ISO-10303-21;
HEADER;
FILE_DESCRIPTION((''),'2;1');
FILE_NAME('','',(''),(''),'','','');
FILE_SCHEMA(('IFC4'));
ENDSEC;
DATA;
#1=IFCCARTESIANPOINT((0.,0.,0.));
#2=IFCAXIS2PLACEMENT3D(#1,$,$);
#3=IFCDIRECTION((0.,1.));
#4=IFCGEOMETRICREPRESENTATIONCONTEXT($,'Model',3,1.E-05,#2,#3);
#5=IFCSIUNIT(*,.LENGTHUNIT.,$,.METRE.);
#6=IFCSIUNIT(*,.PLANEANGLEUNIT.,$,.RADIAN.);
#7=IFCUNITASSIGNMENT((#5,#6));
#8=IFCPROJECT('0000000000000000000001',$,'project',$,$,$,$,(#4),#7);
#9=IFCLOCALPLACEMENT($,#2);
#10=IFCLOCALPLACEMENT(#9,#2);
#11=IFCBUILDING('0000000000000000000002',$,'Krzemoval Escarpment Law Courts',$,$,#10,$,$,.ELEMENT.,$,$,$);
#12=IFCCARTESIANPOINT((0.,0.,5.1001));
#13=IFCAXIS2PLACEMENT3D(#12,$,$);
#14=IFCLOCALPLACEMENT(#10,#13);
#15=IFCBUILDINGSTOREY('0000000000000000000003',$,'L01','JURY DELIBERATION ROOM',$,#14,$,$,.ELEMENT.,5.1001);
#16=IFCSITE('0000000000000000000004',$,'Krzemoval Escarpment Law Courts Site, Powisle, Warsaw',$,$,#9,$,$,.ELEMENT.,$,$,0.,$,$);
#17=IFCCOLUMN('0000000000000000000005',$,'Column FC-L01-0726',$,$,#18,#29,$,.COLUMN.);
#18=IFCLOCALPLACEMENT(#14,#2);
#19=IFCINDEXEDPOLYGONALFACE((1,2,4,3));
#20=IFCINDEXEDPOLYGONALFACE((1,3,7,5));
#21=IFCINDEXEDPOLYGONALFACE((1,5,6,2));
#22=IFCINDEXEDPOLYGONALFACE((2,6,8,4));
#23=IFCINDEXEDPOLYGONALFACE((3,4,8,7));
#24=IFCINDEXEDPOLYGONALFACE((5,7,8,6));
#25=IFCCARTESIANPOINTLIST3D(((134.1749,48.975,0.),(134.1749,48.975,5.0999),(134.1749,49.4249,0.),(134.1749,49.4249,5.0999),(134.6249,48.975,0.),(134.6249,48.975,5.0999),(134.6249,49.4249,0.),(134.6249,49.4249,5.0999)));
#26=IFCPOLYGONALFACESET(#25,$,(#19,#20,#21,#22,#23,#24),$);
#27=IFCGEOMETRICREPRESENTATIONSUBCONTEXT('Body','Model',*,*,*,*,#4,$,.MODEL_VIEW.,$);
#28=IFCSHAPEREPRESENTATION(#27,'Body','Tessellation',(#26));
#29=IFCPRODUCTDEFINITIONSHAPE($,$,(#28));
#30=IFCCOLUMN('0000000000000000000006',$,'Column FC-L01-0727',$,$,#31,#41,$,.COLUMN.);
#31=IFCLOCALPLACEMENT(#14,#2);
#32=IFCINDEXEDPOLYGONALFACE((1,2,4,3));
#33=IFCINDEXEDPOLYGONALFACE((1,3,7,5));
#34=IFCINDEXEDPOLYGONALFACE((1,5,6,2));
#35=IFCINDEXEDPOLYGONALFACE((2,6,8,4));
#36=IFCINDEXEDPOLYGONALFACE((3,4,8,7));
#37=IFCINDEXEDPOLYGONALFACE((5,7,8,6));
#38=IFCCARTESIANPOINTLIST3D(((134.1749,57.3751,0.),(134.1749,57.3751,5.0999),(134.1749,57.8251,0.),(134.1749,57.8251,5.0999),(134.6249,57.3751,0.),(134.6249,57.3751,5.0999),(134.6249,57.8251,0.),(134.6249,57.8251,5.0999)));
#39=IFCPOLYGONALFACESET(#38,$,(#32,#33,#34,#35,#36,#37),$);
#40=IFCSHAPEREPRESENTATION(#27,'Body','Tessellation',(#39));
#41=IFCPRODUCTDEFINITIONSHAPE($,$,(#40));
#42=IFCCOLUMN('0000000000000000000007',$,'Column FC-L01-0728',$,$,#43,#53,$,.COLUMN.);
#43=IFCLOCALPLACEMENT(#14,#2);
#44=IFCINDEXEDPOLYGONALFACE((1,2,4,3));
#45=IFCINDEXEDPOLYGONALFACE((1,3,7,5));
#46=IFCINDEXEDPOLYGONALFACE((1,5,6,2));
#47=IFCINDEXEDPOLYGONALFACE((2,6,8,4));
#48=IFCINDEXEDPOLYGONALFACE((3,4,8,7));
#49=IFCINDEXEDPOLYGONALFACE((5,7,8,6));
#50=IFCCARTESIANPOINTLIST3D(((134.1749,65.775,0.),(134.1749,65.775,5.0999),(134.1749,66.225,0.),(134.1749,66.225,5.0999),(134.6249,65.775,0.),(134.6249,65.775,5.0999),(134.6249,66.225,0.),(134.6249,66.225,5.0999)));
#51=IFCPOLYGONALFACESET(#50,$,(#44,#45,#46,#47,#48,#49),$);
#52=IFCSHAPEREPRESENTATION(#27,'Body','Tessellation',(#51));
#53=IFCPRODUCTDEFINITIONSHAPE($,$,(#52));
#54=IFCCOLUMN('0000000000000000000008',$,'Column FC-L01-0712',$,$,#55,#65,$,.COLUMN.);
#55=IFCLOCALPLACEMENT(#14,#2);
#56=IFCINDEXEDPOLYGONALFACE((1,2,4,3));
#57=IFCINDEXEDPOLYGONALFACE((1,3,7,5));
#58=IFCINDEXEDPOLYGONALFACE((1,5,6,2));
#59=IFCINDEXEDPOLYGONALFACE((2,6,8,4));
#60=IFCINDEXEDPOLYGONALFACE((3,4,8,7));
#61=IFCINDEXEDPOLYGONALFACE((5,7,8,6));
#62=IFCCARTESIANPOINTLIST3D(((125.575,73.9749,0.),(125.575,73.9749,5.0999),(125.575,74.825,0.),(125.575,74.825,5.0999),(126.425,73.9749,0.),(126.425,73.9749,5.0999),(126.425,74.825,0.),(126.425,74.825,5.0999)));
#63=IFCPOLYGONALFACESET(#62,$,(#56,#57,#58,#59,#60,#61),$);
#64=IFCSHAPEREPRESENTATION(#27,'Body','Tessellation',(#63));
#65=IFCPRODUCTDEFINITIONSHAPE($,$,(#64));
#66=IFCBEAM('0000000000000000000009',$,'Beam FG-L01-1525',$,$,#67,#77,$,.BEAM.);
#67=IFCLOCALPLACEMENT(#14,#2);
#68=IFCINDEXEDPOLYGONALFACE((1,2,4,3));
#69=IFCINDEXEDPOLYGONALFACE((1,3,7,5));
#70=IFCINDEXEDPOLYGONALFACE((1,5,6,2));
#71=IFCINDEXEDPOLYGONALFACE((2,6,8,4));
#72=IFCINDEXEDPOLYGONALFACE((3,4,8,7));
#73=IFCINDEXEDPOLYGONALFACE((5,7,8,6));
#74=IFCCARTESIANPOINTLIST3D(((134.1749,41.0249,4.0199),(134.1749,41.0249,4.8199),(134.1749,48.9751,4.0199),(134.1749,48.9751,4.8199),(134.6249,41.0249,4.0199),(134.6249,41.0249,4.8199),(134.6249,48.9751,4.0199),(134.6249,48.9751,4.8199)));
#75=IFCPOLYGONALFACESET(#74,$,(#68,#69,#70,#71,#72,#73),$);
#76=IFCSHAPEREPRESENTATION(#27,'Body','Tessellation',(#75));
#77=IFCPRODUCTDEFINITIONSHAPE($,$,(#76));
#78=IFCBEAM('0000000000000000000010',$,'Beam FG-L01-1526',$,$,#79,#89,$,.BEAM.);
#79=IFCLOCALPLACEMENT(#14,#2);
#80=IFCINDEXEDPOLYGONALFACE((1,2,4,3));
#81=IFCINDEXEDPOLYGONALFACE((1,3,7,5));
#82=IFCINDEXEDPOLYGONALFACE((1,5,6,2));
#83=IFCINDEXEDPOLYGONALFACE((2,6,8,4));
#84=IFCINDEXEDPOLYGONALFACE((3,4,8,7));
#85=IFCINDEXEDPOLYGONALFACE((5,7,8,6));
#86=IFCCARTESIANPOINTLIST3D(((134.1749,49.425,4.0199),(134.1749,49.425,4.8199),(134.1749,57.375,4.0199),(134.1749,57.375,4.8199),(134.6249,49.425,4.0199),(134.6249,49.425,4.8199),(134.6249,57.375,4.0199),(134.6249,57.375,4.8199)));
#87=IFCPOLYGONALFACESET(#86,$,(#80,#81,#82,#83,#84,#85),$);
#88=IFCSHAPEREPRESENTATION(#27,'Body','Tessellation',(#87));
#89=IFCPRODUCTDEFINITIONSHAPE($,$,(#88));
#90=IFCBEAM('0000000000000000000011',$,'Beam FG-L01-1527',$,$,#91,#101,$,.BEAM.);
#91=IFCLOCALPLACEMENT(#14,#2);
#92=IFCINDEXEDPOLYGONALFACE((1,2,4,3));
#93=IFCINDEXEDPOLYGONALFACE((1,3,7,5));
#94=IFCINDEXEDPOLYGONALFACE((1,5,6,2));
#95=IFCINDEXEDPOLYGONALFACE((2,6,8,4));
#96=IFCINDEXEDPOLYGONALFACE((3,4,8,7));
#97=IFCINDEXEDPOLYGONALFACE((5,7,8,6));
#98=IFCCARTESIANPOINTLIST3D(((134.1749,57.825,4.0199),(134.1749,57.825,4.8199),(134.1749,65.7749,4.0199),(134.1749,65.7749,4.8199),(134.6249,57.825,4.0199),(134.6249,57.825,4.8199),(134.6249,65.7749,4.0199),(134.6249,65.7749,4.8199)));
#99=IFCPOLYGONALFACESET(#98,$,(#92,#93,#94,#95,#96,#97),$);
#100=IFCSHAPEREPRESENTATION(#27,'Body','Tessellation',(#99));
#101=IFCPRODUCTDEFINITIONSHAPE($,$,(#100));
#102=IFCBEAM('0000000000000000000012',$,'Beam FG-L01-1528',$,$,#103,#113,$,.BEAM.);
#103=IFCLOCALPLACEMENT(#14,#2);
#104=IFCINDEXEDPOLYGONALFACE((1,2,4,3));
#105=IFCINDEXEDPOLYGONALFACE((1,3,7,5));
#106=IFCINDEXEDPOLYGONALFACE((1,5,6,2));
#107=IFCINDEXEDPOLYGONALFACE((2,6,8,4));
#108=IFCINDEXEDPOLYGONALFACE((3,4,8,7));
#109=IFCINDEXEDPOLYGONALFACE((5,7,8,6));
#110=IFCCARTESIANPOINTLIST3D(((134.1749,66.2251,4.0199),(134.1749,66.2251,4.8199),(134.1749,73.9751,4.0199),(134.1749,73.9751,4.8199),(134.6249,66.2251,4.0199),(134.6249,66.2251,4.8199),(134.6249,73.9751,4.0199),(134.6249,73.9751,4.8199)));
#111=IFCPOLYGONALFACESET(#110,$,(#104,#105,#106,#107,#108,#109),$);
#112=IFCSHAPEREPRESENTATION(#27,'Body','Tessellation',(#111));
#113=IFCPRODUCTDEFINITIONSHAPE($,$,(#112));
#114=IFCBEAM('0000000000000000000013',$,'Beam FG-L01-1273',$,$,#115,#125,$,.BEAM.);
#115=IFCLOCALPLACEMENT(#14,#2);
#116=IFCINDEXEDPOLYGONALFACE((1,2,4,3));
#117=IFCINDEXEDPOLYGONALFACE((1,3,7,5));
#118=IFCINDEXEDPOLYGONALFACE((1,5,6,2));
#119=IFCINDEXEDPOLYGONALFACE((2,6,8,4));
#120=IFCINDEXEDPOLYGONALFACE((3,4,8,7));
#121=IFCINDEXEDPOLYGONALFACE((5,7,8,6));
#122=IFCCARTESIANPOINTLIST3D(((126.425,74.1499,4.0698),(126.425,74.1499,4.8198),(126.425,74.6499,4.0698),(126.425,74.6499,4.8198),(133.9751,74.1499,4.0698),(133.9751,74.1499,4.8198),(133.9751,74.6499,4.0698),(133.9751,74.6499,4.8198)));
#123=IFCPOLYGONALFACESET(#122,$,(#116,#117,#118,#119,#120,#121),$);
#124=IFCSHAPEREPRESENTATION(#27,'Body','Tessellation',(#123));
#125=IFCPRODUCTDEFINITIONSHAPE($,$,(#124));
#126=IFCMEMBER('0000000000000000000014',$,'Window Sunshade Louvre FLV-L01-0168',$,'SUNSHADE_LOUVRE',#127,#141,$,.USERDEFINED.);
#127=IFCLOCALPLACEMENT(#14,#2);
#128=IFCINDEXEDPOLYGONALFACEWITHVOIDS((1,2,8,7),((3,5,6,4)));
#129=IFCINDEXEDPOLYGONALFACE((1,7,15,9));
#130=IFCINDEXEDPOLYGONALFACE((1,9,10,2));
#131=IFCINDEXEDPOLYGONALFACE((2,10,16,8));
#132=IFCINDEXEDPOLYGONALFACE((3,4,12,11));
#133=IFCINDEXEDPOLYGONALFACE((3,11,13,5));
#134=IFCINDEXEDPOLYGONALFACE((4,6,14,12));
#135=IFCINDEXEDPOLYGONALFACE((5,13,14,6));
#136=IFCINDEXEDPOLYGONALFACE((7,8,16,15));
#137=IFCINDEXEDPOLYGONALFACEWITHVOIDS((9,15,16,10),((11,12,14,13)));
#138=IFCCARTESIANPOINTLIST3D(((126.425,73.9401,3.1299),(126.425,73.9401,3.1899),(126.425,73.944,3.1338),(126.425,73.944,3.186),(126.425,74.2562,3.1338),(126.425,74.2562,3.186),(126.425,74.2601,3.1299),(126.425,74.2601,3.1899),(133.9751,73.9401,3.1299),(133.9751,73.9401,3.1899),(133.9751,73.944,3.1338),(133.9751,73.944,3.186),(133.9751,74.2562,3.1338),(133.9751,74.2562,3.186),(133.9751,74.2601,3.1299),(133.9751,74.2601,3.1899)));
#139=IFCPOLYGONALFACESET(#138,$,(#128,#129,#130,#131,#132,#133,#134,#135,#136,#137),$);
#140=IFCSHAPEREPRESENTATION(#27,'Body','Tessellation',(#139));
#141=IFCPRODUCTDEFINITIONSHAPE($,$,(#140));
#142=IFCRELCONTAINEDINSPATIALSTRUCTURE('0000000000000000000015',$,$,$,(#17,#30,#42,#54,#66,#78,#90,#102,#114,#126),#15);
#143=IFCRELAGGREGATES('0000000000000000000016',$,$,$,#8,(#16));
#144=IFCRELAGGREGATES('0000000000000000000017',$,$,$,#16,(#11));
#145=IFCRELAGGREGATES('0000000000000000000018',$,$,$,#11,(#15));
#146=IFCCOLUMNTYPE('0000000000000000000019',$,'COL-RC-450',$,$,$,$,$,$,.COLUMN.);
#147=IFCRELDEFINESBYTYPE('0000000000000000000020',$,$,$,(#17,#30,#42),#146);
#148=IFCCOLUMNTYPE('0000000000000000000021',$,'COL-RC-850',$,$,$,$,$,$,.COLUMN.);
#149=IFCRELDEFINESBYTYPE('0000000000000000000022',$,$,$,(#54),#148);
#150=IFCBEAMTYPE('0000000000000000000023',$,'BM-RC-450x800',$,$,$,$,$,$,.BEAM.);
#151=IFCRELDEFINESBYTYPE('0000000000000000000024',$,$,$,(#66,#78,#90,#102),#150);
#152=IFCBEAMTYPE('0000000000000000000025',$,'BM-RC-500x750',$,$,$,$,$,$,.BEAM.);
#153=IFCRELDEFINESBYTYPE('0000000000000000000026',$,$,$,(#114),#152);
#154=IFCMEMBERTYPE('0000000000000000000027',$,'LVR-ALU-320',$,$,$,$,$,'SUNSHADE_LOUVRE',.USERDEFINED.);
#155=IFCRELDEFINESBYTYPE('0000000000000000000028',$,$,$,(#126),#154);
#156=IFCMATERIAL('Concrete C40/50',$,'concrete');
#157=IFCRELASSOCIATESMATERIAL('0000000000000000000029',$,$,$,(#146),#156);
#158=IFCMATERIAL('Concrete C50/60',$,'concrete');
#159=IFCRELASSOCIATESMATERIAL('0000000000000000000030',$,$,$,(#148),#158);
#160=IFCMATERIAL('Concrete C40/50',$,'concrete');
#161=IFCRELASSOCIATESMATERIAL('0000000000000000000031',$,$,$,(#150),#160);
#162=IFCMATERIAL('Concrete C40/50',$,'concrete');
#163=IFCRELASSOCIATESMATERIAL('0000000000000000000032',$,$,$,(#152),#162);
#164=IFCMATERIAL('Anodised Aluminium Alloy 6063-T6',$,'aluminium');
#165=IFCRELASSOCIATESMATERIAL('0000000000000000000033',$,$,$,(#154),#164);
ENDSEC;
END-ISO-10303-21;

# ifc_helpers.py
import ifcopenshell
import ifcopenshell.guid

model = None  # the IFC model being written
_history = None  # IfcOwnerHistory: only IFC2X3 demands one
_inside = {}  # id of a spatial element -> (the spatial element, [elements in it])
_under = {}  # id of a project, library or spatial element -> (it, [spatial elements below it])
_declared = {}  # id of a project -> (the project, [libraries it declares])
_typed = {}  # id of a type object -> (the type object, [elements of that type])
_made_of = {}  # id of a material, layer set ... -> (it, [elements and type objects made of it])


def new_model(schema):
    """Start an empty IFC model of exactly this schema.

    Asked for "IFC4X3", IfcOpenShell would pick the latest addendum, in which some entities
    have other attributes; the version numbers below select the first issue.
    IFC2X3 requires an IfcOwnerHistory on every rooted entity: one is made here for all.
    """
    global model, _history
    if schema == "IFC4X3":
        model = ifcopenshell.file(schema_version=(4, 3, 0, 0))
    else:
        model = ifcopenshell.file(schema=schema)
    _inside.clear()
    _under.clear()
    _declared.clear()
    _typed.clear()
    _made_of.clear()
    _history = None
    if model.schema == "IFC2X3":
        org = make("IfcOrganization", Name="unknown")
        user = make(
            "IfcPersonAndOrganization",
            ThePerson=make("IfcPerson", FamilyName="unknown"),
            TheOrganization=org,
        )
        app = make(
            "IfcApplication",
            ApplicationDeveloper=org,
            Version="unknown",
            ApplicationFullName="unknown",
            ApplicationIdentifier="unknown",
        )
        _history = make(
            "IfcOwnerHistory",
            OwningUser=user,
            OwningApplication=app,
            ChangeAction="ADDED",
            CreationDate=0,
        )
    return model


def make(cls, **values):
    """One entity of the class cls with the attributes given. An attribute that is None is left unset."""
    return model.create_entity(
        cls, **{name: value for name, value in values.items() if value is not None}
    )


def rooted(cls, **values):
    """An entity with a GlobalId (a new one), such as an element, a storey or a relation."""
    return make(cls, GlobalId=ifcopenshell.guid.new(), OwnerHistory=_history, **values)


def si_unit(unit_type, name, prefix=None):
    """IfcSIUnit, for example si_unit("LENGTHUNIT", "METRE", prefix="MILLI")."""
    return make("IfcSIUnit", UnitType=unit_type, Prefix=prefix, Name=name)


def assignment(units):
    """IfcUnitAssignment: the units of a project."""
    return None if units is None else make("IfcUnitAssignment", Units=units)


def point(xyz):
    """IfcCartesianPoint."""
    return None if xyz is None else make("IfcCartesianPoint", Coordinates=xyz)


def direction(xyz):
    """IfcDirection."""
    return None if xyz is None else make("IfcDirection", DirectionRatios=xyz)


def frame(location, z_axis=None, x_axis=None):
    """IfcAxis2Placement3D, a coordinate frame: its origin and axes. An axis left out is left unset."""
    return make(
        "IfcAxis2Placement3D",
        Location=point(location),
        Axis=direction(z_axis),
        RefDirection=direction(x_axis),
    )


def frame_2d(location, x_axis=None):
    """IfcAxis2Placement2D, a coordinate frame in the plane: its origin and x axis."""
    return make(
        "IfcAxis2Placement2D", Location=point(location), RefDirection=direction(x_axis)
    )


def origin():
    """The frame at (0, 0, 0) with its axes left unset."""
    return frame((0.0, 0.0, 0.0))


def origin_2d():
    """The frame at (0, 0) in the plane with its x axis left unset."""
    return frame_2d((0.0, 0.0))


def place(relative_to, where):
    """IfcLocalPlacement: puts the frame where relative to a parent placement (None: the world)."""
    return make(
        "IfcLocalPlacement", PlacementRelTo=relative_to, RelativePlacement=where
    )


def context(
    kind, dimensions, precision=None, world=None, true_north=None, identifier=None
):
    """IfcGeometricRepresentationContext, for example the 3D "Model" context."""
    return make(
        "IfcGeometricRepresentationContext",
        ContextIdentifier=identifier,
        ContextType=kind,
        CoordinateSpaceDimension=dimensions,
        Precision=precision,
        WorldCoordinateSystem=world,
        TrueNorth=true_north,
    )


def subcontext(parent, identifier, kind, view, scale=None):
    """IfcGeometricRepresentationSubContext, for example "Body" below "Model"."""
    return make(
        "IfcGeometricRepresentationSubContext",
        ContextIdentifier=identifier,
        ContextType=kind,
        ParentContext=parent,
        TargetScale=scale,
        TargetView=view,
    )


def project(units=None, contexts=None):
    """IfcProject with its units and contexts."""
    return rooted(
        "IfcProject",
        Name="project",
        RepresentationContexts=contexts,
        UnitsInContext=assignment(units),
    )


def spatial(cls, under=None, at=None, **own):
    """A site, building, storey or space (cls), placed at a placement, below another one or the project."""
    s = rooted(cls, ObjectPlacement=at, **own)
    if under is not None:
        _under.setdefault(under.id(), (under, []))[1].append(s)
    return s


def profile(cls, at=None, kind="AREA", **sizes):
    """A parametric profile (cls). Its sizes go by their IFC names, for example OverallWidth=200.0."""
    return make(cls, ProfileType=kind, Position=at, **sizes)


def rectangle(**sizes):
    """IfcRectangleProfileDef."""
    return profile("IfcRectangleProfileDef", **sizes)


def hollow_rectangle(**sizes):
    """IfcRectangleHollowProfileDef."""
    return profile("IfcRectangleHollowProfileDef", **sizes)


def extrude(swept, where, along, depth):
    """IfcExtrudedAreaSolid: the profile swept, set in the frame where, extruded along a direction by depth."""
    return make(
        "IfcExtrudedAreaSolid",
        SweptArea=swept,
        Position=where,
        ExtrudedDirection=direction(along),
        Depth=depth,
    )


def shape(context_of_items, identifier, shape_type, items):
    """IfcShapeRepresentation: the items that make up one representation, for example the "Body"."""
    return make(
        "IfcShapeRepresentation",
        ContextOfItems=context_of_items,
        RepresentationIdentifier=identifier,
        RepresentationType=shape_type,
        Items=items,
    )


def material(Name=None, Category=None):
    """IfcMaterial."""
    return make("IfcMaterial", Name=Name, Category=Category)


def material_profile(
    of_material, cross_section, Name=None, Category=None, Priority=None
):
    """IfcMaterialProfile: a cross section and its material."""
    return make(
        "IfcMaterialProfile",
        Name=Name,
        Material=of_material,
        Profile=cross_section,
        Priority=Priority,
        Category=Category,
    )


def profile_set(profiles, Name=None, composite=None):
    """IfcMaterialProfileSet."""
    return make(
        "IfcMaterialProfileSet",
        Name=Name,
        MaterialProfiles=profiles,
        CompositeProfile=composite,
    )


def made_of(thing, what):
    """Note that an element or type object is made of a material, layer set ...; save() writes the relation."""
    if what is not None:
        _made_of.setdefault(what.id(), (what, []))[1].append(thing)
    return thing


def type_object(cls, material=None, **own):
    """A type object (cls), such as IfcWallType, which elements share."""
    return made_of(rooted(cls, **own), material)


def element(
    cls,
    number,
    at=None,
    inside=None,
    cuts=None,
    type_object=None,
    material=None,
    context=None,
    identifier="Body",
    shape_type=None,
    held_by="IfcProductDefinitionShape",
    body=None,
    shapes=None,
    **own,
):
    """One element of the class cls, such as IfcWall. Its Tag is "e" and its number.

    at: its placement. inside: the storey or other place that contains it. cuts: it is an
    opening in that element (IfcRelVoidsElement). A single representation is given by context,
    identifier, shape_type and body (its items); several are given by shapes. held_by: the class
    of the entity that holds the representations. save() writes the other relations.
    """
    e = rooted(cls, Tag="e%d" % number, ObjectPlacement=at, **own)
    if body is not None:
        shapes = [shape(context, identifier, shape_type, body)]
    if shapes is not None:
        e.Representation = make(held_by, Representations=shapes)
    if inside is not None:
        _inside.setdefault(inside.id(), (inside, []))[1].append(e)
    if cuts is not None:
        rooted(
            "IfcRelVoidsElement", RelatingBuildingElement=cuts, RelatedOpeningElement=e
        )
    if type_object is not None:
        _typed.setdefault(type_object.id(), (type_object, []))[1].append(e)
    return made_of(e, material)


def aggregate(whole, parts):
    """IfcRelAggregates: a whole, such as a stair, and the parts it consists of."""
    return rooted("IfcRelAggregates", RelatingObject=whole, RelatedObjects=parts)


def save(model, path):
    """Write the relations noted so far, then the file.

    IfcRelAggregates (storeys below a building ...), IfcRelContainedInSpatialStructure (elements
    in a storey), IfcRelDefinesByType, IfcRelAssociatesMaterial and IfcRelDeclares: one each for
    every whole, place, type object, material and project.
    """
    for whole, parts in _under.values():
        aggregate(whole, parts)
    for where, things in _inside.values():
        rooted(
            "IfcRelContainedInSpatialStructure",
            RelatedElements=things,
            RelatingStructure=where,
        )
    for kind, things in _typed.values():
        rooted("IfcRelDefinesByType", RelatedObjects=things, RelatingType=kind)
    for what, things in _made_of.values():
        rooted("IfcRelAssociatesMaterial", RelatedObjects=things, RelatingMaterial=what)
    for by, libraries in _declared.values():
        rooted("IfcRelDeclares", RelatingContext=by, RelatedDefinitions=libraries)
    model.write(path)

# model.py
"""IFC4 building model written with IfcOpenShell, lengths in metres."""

from ifc_helpers import new_model, si_unit, direction, frame, origin, origin_2d, place, context, subcontext, project, spatial, rectangle, hollow_rectangle, extrude, material, material_profile, profile_set, type_object, element, save


model = new_model("IFC4")

# Units and contexts
model_context = context("Model", 3, precision=1e-05, world=origin(), true_north=direction((0.0, 1.0)))
body_context = subcontext(model_context, "Body", "Model", "MODEL_VIEW")
ifc_project = project(units=[si_unit("LENGTHUNIT", "METRE"), si_unit("PLANEANGLEUNIT", "RADIAN")], contexts=[model_context])

# Site, building, storey
site_placement = place(None, origin())
site = spatial("IfcSite", under=ifc_project, at=site_placement, Name="Krzemoval Escarpment Law Courts Site, Powisle, Warsaw", CompositionType="ELEMENT", RefElevation=0.0)
building_placement = place(site_placement, origin())
building = spatial("IfcBuilding", under=site, at=building_placement, Name="Krzemoval Escarpment Law Courts", CompositionType="ELEMENT")
storey_placement = place(building_placement, frame((0.0, 0.0, 5.1001)))
storey = spatial("IfcBuildingStorey", under=building, at=storey_placement, Name="L01", Description="JURY DELIBERATION ROOM", CompositionType="ELEMENT", Elevation=5.1001)

# Columns
ifc_material_1 = material(Name="Concrete C40/50", Category="concrete")
ifc_material_profile_1 = material_profile(ifc_material_1, rectangle(XDim=0.45, YDim=0.45, at=origin_2d()), Name="RC 450x450")
ifc_profile_set_1 = profile_set([ifc_material_profile_1], Name="Concrete C40/50")
column_type_1 = type_object("IfcColumnType", Name="COL-RC-450", PredefinedType="COLUMN", material=ifc_profile_set_1)
for number, where, z_axis, x_axis, name in (
    (1, (134.3999, 49.2, 0.0), (0.0, 0.0, 1.0), (1.0, 0.0, 0.0), "Column FC-L01-0726"),
    (2, (134.3999, 57.6001, 0.0), (0.0, 0.0, 1.0), (1.0, 0.0, 0.0), "Column FC-L01-0727"),
    (3, (134.3999, 66.0, 0.0), (0.0, 0.0, 1.0), (1.0, 0.0, 0.0), "Column FC-L01-0728"),
):
    element("IfcColumn", number, at=place(storey_placement, frame(where, z_axis=z_axis, x_axis=x_axis)), inside=storey, type_object=column_type_1, Name=name, PredefinedType="COLUMN", context=body_context, shape_type="SweptSolid", body=[
        extrude(rectangle(XDim=0.45, YDim=0.45, at=origin_2d()), origin(), (0.0, 0.0, 1.0), 5.0999),
    ])
ifc_material_2 = material(Name="Concrete C50/60", Category="concrete")
ifc_material_profile_2 = material_profile(ifc_material_2, rectangle(XDim=0.8501, YDim=0.8501, at=origin_2d()), Name="RC 850x850")
ifc_profile_set_2 = profile_set([ifc_material_profile_2], Name="Concrete C50/60")
column_type_2 = type_object("IfcColumnType", Name="COL-RC-850", PredefinedType="COLUMN", material=ifc_profile_set_2)
column_placement = place(storey_placement, frame((126.0, 74.3999, 0.0), z_axis=(0.0, 0.0, 1.0), x_axis=(1.0, 0.0, 0.0)))
element("IfcColumn", 4, at=column_placement, inside=storey, type_object=column_type_2, Name="Column FC-L01-0712", PredefinedType="COLUMN", context=body_context, shape_type="SweptSolid", body=[
    extrude(rectangle(XDim=0.8501, YDim=0.8501, at=origin_2d()), origin(), (0.0, 0.0, 1.0), 5.0999),
])

# Beams
ifc_material_3 = material(Name="Concrete C40/50", Category="concrete")
ifc_material_profile_3 = material_profile(ifc_material_3, rectangle(XDim=0.45, YDim=0.8, at=origin_2d()), Name="RCB 450x800")
ifc_profile_set_3 = profile_set([ifc_material_profile_3], Name="Concrete C40/50")
beam_type_1 = type_object("IfcBeamType", Name="BM-RC-450x800", PredefinedType="BEAM", material=ifc_profile_set_3)
beam_1_placement = place(storey_placement, frame((134.3999, 41.0249, 4.4199), z_axis=(0.0, 1.0, 0.0), x_axis=(-1.0, 0.0, 0.0)))
element("IfcBeam", 5, at=beam_1_placement, inside=storey, type_object=beam_type_1, Name="Beam FG-L01-1525", PredefinedType="BEAM", context=body_context, shape_type="SweptSolid", body=[
    extrude(rectangle(XDim=0.45, YDim=0.8, at=origin_2d()), origin(), (0.0, 0.0, 1.0), 7.9502),
])
for number, where, z_axis, x_axis, name in (
    (6, (134.3999, 49.425, 4.4199), (0.0, 1.0, 0.0), (-1.0, 0.0, 0.0), "Beam FG-L01-1526"),
    (7, (134.3999, 57.825, 4.4199), (0.0, 1.0, 0.0), (-1.0, 0.0, 0.0), "Beam FG-L01-1527"),
):
    element("IfcBeam", number, at=place(storey_placement, frame(where, z_axis=z_axis, x_axis=x_axis)), inside=storey, type_object=beam_type_1, Name=name, PredefinedType="BEAM", context=body_context, shape_type="SweptSolid", body=[
        extrude(rectangle(XDim=0.45, YDim=0.8, at=origin_2d()), origin(), (0.0, 0.0, 1.0), 7.95),
    ])
beam_2_placement = place(storey_placement, frame((134.3999, 66.2251, 4.4199), z_axis=(0.0, 1.0, 0.0), x_axis=(-1.0, 0.0, 0.0)))
element("IfcBeam", 8, at=beam_2_placement, inside=storey, type_object=beam_type_1, Name="Beam FG-L01-1528", PredefinedType="BEAM", context=body_context, shape_type="SweptSolid", body=[
    extrude(rectangle(XDim=0.45, YDim=0.8, at=origin_2d()), origin(), (0.0, 0.0, 1.0), 7.75),
])
ifc_material_4 = material(Name="Concrete C40/50", Category="concrete")
ifc_material_profile_4 = material_profile(ifc_material_4, rectangle(XDim=0.5, YDim=0.75, at=origin_2d()), Name="RCB 500x750")
ifc_profile_set_4 = profile_set([ifc_material_profile_4], Name="Concrete C40/50")
beam_type_2 = type_object("IfcBeamType", Name="BM-RC-500x750", PredefinedType="BEAM", material=ifc_profile_set_4)
beam_3_placement = place(storey_placement, frame((126.425, 74.3999, 4.4448), z_axis=(1.0, 0.0, 0.0), x_axis=(0.0, 1.0, 0.0)))
element("IfcBeam", 9, at=beam_3_placement, inside=storey, type_object=beam_type_2, Name="Beam FG-L01-1273", PredefinedType="BEAM", context=body_context, shape_type="SweptSolid", body=[
    extrude(rectangle(XDim=0.5, YDim=0.75, at=origin_2d()), origin(), (0.0, 0.0, 1.0), 7.55),
])

# Member
ifc_material_5 = material(Name="Anodised Aluminium Alloy 6063-T6", Category="aluminium")
ifc_material_profile_5 = material_profile(ifc_material_5, hollow_rectangle(XDim=0.0601, YDim=0.3201, WallThickness=0.0039, at=origin_2d()), Name="ALU LVR 60x320")
ifc_profile_set_5 = profile_set([ifc_material_profile_5], Name="Anodised Aluminium Alloy 6063-T6")
member_type = type_object("IfcMemberType", Name="LVR-ALU-320", ElementType="SUNSHADE_LOUVRE", PredefinedType="USERDEFINED", material=ifc_profile_set_5)
member_placement = place(storey_placement, frame((133.9751, 74.1001, 3.1599), z_axis=(-1.0, 0.0, 0.0), x_axis=(0.0, 0.0, 1.0)))
element("IfcMember", 10, at=member_placement, inside=storey, type_object=member_type, Name="Window Sunshade Louvre FLV-L01-0168", ObjectType="SUNSHADE_LOUVRE", PredefinedType="USERDEFINED", context=body_context, shape_type="SweptSolid", body=[
    extrude(hollow_rectangle(XDim=0.0601, YDim=0.3201, WallThickness=0.0039, at=origin_2d()), origin(), (0.0, 0.0, 1.0), 7.55),
])

save(model, "model.ifc")
